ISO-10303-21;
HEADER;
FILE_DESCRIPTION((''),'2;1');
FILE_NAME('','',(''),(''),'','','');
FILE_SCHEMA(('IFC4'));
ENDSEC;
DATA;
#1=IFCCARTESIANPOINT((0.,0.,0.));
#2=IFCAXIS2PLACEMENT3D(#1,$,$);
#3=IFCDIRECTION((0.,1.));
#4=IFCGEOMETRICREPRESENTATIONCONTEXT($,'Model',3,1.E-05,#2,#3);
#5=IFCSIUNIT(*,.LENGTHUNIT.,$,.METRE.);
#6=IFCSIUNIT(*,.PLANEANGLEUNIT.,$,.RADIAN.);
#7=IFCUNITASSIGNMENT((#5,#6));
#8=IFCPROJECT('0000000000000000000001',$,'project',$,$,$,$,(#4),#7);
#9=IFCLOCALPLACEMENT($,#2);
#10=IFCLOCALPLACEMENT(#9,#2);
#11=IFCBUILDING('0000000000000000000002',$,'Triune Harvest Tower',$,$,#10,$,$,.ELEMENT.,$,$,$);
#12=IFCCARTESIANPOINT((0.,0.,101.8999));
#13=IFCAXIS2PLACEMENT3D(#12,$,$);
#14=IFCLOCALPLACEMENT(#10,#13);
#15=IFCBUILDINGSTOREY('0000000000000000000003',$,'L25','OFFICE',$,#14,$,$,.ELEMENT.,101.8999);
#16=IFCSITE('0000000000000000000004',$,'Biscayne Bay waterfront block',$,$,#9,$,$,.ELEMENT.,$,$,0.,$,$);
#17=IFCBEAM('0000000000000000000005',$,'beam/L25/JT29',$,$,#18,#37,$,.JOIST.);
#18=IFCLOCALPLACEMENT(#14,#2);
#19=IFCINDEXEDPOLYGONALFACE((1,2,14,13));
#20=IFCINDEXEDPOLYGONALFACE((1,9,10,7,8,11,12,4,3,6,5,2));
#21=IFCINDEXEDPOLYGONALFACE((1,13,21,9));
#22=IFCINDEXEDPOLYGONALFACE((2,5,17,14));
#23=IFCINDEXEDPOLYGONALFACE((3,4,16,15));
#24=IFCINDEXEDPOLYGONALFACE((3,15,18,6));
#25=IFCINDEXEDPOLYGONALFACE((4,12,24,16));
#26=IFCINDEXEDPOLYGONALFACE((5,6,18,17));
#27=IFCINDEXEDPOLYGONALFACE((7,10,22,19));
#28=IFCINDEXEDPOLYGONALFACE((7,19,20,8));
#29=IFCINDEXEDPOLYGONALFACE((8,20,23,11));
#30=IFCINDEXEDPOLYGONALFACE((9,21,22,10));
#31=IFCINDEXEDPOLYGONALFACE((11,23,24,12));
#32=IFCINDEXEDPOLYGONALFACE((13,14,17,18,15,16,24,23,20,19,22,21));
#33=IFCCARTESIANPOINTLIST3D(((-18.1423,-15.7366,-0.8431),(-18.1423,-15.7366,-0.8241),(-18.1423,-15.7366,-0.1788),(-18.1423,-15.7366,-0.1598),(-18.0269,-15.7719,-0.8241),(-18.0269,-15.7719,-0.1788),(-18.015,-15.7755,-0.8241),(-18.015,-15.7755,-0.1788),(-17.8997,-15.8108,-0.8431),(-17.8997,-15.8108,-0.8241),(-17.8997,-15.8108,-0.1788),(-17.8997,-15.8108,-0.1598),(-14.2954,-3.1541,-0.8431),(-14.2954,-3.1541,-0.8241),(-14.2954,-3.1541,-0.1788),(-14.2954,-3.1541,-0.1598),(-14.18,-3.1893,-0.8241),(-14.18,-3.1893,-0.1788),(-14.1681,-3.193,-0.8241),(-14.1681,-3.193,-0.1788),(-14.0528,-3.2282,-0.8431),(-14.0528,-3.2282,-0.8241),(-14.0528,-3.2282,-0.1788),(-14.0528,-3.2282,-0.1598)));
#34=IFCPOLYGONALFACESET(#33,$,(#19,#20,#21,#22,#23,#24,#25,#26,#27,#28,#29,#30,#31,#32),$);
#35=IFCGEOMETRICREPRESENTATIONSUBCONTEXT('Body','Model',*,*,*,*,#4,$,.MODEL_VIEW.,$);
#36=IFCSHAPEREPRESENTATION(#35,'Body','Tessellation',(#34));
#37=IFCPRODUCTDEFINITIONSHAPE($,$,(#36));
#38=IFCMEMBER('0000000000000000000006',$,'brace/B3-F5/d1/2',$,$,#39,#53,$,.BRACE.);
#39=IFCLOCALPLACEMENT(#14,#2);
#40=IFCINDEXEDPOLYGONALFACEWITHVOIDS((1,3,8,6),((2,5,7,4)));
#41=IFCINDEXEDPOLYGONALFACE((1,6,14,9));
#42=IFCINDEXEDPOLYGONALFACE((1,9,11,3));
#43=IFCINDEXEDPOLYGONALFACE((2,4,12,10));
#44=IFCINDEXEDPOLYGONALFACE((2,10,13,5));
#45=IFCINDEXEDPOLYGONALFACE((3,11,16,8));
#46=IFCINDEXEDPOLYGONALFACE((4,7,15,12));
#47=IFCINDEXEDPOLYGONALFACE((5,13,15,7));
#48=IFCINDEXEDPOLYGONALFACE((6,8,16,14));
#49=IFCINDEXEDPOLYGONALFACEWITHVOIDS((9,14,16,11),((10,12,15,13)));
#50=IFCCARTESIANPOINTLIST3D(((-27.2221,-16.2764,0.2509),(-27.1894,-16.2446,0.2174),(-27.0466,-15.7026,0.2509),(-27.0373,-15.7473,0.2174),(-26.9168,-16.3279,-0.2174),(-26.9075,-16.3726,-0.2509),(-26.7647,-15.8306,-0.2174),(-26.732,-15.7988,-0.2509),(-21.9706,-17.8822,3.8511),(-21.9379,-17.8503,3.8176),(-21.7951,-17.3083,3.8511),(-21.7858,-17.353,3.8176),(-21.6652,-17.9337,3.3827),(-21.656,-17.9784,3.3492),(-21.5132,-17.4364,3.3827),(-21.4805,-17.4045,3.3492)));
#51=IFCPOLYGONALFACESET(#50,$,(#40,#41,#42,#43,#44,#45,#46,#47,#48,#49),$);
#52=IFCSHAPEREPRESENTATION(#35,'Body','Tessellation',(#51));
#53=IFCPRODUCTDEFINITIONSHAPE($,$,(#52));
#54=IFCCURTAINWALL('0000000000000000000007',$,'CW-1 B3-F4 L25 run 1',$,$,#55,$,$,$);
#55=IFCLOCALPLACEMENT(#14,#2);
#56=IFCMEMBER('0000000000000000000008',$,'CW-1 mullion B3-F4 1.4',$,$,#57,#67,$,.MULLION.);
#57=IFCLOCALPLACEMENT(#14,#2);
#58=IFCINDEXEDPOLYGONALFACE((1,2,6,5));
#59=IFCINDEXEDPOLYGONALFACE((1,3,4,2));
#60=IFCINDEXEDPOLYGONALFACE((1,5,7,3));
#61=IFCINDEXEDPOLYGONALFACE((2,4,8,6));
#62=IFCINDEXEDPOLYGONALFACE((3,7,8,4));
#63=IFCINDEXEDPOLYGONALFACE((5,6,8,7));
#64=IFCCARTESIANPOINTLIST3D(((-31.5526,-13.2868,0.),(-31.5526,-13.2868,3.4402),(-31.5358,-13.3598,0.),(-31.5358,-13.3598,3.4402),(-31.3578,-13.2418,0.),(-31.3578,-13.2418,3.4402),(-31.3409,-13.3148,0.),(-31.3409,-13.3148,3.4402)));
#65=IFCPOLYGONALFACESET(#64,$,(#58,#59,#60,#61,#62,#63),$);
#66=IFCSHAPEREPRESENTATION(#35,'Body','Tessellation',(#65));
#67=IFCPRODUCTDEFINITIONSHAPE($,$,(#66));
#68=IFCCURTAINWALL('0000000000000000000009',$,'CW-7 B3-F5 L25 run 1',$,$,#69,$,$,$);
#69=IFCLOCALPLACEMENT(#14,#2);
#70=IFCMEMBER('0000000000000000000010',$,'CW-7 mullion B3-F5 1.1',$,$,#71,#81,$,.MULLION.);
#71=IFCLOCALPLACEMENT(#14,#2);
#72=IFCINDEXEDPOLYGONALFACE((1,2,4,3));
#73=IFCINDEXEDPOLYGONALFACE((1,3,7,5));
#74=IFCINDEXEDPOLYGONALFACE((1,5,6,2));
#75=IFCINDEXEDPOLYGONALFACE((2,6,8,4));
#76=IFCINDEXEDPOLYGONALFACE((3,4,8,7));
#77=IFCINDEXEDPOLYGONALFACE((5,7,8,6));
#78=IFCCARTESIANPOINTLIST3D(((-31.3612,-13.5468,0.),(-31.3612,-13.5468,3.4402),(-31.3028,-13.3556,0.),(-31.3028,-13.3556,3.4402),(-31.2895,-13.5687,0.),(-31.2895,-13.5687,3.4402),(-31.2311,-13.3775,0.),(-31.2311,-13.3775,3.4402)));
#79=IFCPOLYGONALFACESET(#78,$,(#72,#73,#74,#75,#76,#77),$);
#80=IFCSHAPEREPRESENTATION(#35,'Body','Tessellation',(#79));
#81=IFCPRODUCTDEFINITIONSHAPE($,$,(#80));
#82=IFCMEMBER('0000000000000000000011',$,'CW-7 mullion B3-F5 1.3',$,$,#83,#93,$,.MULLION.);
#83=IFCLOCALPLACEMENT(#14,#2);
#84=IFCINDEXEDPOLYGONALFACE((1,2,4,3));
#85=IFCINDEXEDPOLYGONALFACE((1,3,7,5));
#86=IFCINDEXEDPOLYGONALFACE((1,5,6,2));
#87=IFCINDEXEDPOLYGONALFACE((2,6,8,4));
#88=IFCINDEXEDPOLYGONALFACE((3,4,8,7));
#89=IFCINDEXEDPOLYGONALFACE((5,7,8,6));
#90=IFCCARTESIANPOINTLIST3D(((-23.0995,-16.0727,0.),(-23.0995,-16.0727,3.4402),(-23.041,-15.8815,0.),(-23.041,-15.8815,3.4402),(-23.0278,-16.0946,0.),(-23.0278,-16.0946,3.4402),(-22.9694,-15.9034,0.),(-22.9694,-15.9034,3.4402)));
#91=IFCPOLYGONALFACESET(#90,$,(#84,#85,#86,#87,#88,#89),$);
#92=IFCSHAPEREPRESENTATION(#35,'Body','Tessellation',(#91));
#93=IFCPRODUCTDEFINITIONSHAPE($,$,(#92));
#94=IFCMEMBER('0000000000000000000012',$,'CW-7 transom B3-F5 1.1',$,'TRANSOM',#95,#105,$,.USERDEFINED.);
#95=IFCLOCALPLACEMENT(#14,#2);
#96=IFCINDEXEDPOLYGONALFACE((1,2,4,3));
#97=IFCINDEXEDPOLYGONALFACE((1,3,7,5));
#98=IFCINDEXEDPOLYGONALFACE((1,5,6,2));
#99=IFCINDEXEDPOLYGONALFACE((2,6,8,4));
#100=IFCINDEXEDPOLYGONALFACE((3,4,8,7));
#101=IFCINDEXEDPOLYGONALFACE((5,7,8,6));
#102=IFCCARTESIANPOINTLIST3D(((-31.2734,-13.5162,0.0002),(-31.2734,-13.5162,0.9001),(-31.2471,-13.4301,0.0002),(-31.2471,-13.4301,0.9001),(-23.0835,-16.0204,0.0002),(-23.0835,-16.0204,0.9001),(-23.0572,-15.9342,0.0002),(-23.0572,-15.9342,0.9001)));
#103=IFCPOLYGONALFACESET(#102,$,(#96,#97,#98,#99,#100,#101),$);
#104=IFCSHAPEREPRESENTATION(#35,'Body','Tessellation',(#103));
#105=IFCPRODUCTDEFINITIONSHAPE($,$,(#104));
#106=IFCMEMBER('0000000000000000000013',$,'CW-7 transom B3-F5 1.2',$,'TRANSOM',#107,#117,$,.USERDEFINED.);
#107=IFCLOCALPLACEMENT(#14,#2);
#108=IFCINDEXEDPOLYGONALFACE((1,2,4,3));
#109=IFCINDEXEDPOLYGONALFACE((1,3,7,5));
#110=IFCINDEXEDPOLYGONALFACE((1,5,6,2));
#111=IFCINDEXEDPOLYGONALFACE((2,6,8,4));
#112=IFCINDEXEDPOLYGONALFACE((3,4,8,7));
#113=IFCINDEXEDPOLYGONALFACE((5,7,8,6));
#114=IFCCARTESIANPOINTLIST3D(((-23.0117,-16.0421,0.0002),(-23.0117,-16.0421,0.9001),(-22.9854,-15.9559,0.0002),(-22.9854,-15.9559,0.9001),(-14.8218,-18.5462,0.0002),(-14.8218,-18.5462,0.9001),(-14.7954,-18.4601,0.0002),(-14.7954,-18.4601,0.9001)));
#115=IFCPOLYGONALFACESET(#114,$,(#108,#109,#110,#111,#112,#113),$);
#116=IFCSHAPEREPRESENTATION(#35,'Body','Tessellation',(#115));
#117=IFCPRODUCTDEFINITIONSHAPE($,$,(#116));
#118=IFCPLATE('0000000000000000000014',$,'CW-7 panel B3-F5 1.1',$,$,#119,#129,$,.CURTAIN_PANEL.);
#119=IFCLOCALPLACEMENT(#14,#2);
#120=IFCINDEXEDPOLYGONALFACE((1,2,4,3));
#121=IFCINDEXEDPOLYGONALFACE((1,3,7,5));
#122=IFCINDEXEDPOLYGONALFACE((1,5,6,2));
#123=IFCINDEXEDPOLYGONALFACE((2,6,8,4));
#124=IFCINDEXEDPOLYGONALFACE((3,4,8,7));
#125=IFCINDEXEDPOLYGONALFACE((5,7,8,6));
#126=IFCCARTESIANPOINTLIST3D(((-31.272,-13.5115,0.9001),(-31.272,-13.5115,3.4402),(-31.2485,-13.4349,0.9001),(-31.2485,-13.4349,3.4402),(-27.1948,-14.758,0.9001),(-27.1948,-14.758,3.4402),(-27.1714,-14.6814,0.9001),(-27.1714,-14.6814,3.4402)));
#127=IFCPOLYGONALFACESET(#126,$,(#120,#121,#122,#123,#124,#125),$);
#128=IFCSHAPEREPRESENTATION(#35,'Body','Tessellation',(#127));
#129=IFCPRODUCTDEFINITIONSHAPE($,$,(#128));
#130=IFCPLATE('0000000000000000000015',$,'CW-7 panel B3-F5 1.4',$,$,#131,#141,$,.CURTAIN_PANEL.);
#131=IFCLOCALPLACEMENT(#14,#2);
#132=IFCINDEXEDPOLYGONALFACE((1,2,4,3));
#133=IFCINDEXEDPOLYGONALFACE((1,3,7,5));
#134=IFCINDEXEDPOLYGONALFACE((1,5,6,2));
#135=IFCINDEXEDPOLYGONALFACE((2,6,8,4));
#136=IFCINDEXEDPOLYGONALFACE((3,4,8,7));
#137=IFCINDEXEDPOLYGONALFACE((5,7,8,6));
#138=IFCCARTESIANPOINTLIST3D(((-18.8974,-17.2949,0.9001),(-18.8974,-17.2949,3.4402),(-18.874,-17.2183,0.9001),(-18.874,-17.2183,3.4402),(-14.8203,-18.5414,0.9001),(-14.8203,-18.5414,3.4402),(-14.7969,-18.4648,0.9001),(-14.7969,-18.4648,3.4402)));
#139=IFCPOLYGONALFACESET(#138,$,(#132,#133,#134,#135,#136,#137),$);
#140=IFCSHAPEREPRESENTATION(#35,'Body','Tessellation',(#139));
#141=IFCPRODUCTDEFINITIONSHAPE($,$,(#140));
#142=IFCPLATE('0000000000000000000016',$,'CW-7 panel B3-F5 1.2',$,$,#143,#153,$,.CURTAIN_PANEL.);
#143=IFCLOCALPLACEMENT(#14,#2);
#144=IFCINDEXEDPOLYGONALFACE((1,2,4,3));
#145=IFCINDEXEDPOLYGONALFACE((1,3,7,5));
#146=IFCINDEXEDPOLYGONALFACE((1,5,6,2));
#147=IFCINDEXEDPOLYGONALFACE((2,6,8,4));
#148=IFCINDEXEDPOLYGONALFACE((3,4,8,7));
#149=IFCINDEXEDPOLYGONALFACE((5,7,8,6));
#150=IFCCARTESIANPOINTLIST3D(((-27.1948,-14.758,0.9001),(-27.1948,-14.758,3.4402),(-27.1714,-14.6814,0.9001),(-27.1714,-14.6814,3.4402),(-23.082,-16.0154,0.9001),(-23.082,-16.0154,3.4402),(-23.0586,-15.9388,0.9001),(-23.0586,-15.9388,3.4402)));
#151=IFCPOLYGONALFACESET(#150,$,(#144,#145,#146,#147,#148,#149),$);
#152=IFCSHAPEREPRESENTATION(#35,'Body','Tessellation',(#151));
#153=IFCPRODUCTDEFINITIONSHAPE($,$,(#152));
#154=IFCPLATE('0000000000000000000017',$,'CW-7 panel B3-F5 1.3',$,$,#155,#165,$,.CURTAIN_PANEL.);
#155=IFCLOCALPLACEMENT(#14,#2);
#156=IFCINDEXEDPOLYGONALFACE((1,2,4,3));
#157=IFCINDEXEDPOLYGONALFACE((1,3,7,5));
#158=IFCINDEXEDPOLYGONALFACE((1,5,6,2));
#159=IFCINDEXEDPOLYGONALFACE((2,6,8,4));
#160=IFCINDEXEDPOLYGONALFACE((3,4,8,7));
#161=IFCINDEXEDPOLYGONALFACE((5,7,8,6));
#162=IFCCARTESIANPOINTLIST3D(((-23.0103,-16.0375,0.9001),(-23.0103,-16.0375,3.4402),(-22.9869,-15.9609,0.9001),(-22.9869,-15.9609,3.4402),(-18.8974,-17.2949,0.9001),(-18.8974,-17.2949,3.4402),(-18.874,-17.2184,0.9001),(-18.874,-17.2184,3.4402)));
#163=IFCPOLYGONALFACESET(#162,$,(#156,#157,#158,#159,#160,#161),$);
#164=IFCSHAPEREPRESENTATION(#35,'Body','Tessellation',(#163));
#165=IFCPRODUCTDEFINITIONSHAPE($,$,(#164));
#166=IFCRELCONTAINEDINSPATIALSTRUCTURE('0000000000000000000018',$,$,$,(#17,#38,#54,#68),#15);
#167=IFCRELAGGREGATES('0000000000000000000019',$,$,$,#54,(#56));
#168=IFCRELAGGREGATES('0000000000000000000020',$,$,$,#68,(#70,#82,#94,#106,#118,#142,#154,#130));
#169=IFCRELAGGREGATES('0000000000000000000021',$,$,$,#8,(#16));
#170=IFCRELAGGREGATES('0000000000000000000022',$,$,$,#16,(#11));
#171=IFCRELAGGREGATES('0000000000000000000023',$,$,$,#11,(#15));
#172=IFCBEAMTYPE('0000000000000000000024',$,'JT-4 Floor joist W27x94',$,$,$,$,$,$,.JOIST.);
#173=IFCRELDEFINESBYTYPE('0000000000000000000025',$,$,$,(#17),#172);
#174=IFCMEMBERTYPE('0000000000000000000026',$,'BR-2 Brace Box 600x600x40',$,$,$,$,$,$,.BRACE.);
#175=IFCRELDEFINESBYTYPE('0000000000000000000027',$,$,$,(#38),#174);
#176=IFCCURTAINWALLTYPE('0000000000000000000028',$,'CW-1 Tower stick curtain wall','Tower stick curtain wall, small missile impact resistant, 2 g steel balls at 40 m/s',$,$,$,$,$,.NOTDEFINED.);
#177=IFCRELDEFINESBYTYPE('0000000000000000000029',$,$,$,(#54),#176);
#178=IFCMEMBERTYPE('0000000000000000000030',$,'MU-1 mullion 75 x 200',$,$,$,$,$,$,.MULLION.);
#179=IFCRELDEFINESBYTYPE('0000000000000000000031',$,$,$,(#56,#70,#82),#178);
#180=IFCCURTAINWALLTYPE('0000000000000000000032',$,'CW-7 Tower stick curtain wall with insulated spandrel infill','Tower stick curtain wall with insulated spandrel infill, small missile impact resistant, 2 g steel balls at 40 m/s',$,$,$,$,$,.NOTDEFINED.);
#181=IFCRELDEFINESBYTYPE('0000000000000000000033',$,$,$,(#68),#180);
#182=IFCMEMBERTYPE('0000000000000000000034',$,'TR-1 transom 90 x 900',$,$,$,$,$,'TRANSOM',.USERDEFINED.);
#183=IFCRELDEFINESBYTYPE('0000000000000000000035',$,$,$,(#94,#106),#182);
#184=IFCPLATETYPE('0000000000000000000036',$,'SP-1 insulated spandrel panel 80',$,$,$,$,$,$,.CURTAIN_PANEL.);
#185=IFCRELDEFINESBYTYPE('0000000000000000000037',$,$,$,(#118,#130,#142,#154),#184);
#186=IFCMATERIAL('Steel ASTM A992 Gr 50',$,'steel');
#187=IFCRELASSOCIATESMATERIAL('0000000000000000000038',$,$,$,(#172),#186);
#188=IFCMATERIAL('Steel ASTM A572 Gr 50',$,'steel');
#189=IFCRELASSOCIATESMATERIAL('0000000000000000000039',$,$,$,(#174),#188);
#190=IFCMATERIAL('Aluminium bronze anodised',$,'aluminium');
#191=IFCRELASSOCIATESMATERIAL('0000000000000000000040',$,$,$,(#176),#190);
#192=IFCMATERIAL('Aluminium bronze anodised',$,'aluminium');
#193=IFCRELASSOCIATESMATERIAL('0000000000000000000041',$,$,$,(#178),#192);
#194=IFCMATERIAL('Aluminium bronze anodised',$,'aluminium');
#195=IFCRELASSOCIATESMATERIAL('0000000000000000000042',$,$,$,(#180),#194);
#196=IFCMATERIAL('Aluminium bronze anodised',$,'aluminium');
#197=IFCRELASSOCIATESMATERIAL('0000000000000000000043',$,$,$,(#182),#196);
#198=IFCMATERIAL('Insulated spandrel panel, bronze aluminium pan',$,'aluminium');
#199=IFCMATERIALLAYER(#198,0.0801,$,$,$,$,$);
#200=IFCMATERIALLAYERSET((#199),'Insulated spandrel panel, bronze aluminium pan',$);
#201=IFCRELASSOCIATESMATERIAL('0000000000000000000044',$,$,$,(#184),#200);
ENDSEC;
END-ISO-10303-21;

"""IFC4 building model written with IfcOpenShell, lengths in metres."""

from ifc_helpers import new_model, si_unit, direction, frame, origin, origin_2d, place, context, subcontext, project, spatial, rectangle, hollow_rectangle, i_section, extrude, source, transform, mapped, material, layer, layer_set, material_profile, profile_set, type_object, element, aggregate, save


model = new_model("IFC4")

# Units and contexts
model_context = context("Model", 3, precision=1e-05, world=origin(), true_north=direction((0.0, 1.0)))
body_context = subcontext(model_context, "Body", "Model", "MODEL_VIEW")
ifc_project = project(units=[si_unit("LENGTHUNIT", "METRE"), si_unit("PLANEANGLEUNIT", "RADIAN")], contexts=[model_context])

# Site, building, storey
site_placement = place(None, origin())
site = spatial("IfcSite", under=ifc_project, at=site_placement, Name="Biscayne Bay waterfront block", CompositionType="ELEMENT", RefElevation=0.0)
building_placement = place(site_placement, origin())
building = spatial("IfcBuilding", under=site, at=building_placement, Name="Triune Harvest Tower", CompositionType="ELEMENT")
storey_placement = place(building_placement, frame((0.0, 0.0, 101.8999)))
storey = spatial("IfcBuildingStorey", under=building, at=storey_placement, Name="L25", Description="OFFICE", CompositionType="ELEMENT", Elevation=101.8999)

# Beam
ifc_material_1 = material(Name="Steel ASTM A992 Gr 50", Category="steel")
ifc_material_profile_1 = material_profile(ifc_material_1, i_section(OverallWidth=0.2537, OverallDepth=0.6833, WebThickness=0.0125, FlangeThickness=0.019, at=origin_2d()), Name="W27x94")
ifc_profile_set_1 = profile_set([ifc_material_profile_1], Name="Steel ASTM A992 Gr 50")
beam_type_1 = type_object("IfcBeamType", Name="JT-4 Floor joist W27x94", PredefinedType="JOIST", material=ifc_profile_set_1)
shared_shape_1 = source(origin(), body_context, "Body", "SweptSolid", [
    extrude(i_section(OverallWidth=0.2537, OverallDepth=0.6833, WebThickness=0.0125, FlangeThickness=0.019, at=origin_2d()), origin(), (0.0, 0.0, 1.0), 13.1575),
])
beam_1_placement = place(storey_placement, frame((-18.021, -15.7737, -0.5015), z_axis=(0.292376, 0.956303, 0.0), x_axis=(-0.956303, 0.292376, 0.0)))
element("IfcBeam", 1, at=beam_1_placement, inside=storey, type_object=beam_type_1, Name="beam/L25/JT29", PredefinedType="JOIST", context=body_context, shape_type="MappedRepresentation", body=[
    mapped(shared_shape_1, transform((0.0, 0.0, 0.0), scale=1.0)),
])

# Member
ifc_material_2 = material(Name="Steel ASTM A572 Gr 50", Category="steel")
ifc_material_profile_2 = material_profile(ifc_material_2, hollow_rectangle(XDim=0.6001, YDim=0.6001, WallThickness=0.04, at=origin_2d()), Name="Box 600x600x40")
ifc_profile_set_2 = profile_set([ifc_material_profile_2], Name="Steel ASTM A572 Gr 50")
member_type_1 = type_object("IfcMemberType", Name="BR-2 Brace Box 600x600x40", PredefinedType="BRACE", material=ifc_profile_set_2)
shared_shape_2 = source(origin(), body_context, "Body", "SweptSolid", [
    extrude(hollow_rectangle(XDim=0.6001, YDim=0.6001, WallThickness=0.04, at=origin_2d()), origin(), (0.0, 0.0, 1.0), 6.5664),
])
member_1_placement = place(storey_placement, frame((-26.9771, -16.0376, 0.0), z_axis=(0.799755, -0.244537, 0.548265), x_axis=(0.292402, 0.956296, 0.0)))
element("IfcMember", 2, at=member_1_placement, inside=storey, type_object=member_type_1, Name="brace/B3-F5/d1/2", PredefinedType="BRACE", context=body_context, shape_type="MappedRepresentation", body=[
    mapped(shared_shape_2, transform((0.0, 0.0, 0.0), scale=1.0)),
])

# Curtain wall, member
ifc_material_3 = material(Name="Aluminium bronze anodised", Category="aluminium")
curtain_wall_type_1 = type_object("IfcCurtainWallType", Name="CW-1 Tower stick curtain wall", Description="Tower stick curtain wall, small missile impact resistant, 2 g steel balls at 40 m/s", PredefinedType="NOTDEFINED", material=ifc_material_3)
curtain_wall_1_placement = place(storey_placement, origin())
curtain_wall_1 = element("IfcCurtainWall", 3, at=curtain_wall_1_placement, inside=storey, type_object=curtain_wall_type_1, Name="CW-1 B3-F4 L25 run 1")
ifc_material_4 = material(Name="Aluminium bronze anodised", Category="aluminium")
ifc_material_profile_3 = material_profile(ifc_material_4, rectangle(XDim=0.2, YDim=0.075, at=origin_2d()), Name="MU-1 mullion 75 x 200")
ifc_profile_set_3 = profile_set([ifc_material_profile_3], Name="Aluminium bronze anodised")
member_type_2 = type_object("IfcMemberType", Name="MU-1 mullion 75 x 200", PredefinedType="MULLION", material=ifc_profile_set_3)
shared_shape_3 = source(origin(), body_context, "Body", "SweptSolid", [
    extrude(rectangle(XDim=0.2, YDim=0.075, at=origin_2d()), origin(), (0.0, 0.0, 1.0), 3.4402),
])
member_2_placement = place(storey_placement, frame((-31.4468, -13.3008, 0.0), z_axis=(0.0, 0.0, 1.0), x_axis=(0.974371, 0.224947, 0.0)))
member_2 = element("IfcMember", 4, at=member_2_placement, type_object=member_type_2, Name="CW-1 mullion B3-F4 1.4", PredefinedType="MULLION", context=body_context, shape_type="MappedRepresentation", body=[
    mapped(shared_shape_3, transform((0.0, 0.0, 0.0), scale=1.0)),
])
aggregate(curtain_wall_1, [member_2])

# Curtain wall, members, plates
ifc_material_5 = material(Name="Aluminium bronze anodised", Category="aluminium")
curtain_wall_type_2 = type_object("IfcCurtainWallType", Name="CW-7 Tower stick curtain wall with insulated spandrel infill", Description="Tower stick curtain wall with insulated spandrel infill, small missile impact resistant, 2 g steel balls at 40 m/s", PredefinedType="NOTDEFINED", material=ifc_material_5)
curtain_wall_2_placement = place(storey_placement, origin())
curtain_wall_2 = element("IfcCurtainWall", 5, at=curtain_wall_2_placement, inside=storey, type_object=curtain_wall_type_2, Name="CW-7 B3-F5 L25 run 1")
member_3_placement = place(storey_placement, frame((-31.2961, -13.4622, 0.0), z_axis=(0.0, 0.0, 1.0), x_axis=(0.292372, 0.956305, 0.0)))
member_3 = element("IfcMember", 6, at=member_3_placement, type_object=member_type_2, Name="CW-7 mullion B3-F5 1.1", PredefinedType="MULLION", context=body_context, shape_type="MappedRepresentation", body=[
    mapped(shared_shape_3, transform((0.0, 0.0, 0.0), scale=1.0)),
])
member_4_placement = place(storey_placement, frame((-23.0344, -15.988, 0.0), z_axis=(0.0, 0.0, 1.0), x_axis=(0.292372, 0.956305, 0.0)))
member_4 = element("IfcMember", 7, at=member_4_placement, type_object=member_type_2, Name="CW-7 mullion B3-F5 1.3", PredefinedType="MULLION", context=body_context, shape_type="MappedRepresentation", body=[
    mapped(shared_shape_3, transform((0.0, 0.0, 0.0), scale=1.0)),
])
ifc_material_6 = material(Name="Aluminium bronze anodised", Category="aluminium")
ifc_material_profile_4 = material_profile(ifc_material_6, rectangle(XDim=0.0901, YDim=0.8999, at=origin_2d()), Name="TR-1 transom 90 x 900")
ifc_profile_set_4 = profile_set([ifc_material_profile_4], Name="Aluminium bronze anodised")
member_type_3 = type_object("IfcMemberType", Name="TR-1 transom 90 x 900", ElementType="TRANSOM", PredefinedType="USERDEFINED", material=ifc_profile_set_4)
shared_shape_4 = source(origin(), body_context, "Body", "SweptSolid", [
    extrude(rectangle(XDim=0.0901, YDim=0.8999, at=origin_2d()), origin(), (0.0, 0.0, 1.0), 8.5642),
])
member_5_placement = place(storey_placement, frame((-31.2603, -13.4731, 0.4502), z_axis=(0.956297, -0.292397, 0.0), x_axis=(0.292397, 0.956297, 0.0)))
member_5 = element("IfcMember", 8, at=member_5_placement, type_object=member_type_3, Name="CW-7 transom B3-F5 1.1", ObjectType="TRANSOM", PredefinedType="USERDEFINED", context=body_context, shape_type="MappedRepresentation", body=[
    mapped(shared_shape_4, transform((0.0, 0.0, 0.0), scale=1.0)),
])
member_6_placement = place(storey_placement, frame((-22.9985, -15.999, 0.4502), z_axis=(0.956297, -0.292397, 0.0), x_axis=(0.292397, 0.956297, 0.0)))
member_6 = element("IfcMember", 9, at=member_6_placement, type_object=member_type_3, Name="CW-7 transom B3-F5 1.2", ObjectType="TRANSOM", PredefinedType="USERDEFINED", context=body_context, shape_type="MappedRepresentation", body=[
    mapped(shared_shape_4, transform((0.0, 0.0, 0.0), scale=1.0)),
])
ifc_material_7 = material(Name="Insulated spandrel panel, bronze aluminium pan", Category="aluminium")
ifc_layer_1 = layer(ifc_material_7, 0.0801)
ifc_layer_set_1 = layer_set([ifc_layer_1], Name="Insulated spandrel panel, bronze aluminium pan")
plate_type = type_object("IfcPlateType", Name="SP-1 insulated spandrel panel 80", PredefinedType="CURTAIN_PANEL", material=ifc_layer_set_1)
shared_shape_5 = source(origin(), body_context, "Body", "SweptSolid", [
    extrude(rectangle(XDim=4.2634, YDim=0.0801, at=origin_2d()), origin(), (0.0, 0.0, 1.0), 2.54),
])
plate_1_placement = place(storey_placement, frame((-29.2217, -14.0964, 0.9001), z_axis=(0.0, 0.0, 1.0), x_axis=(0.956305, -0.292372, 0.0)))
plate_1 = element("IfcPlate", 10, at=plate_1_placement, type_object=plate_type, Name="CW-7 panel B3-F5 1.1", PredefinedType="CURTAIN_PANEL", context=body_context, shape_type="MappedRepresentation", body=[
    mapped(shared_shape_5, transform((0.0, 0.0, 0.0), scale=1.0)),
])
plate_2_placement = place(storey_placement, frame((-16.8472, -17.8799, 0.9001), z_axis=(0.0, 0.0, 1.0), x_axis=(0.956305, -0.292372, 0.0)))
plate_2 = element("IfcPlate", 11, at=plate_2_placement, type_object=plate_type, Name="CW-7 panel B3-F5 1.4", PredefinedType="CURTAIN_PANEL", context=body_context, shape_type="MappedRepresentation", body=[
    mapped(shared_shape_5, transform((0.0, 0.0, 0.0), scale=1.0)),
])
shared_shape_6 = source(origin(), body_context, "Body", "SweptSolid", [
    extrude(rectangle(XDim=4.3008, YDim=0.0801, at=origin_2d()), origin(), (0.0, 0.0, 1.0), 2.54),
])
plate_3_placement = place(storey_placement, frame((-25.1267, -15.3484, 0.9001), z_axis=(0.0, 0.0, 1.0), x_axis=(0.956305, -0.292372, 0.0)))
plate_3 = element("IfcPlate", 12, at=plate_3_placement, type_object=plate_type, Name="CW-7 panel B3-F5 1.2", PredefinedType="CURTAIN_PANEL", context=body_context, shape_type="MappedRepresentation", body=[
    mapped(shared_shape_6, transform((0.0, 0.0, 0.0), scale=1.0)),
])
plate_4_placement = place(storey_placement, frame((-20.9421, -16.6279, 0.9001), z_axis=(0.0, 0.0, 1.0), x_axis=(0.956305, -0.292372, 0.0)))
plate_4 = element("IfcPlate", 13, at=plate_4_placement, type_object=plate_type, Name="CW-7 panel B3-F5 1.3", PredefinedType="CURTAIN_PANEL", context=body_context, shape_type="MappedRepresentation", body=[
    mapped(shared_shape_6, transform((0.0, 0.0, 0.0), scale=1.0)),
])
aggregate(curtain_wall_2, [member_3, member_4, member_5, member_6, plate_1, plate_3, plate_4, plate_2])

save(model, "model.ifc")
